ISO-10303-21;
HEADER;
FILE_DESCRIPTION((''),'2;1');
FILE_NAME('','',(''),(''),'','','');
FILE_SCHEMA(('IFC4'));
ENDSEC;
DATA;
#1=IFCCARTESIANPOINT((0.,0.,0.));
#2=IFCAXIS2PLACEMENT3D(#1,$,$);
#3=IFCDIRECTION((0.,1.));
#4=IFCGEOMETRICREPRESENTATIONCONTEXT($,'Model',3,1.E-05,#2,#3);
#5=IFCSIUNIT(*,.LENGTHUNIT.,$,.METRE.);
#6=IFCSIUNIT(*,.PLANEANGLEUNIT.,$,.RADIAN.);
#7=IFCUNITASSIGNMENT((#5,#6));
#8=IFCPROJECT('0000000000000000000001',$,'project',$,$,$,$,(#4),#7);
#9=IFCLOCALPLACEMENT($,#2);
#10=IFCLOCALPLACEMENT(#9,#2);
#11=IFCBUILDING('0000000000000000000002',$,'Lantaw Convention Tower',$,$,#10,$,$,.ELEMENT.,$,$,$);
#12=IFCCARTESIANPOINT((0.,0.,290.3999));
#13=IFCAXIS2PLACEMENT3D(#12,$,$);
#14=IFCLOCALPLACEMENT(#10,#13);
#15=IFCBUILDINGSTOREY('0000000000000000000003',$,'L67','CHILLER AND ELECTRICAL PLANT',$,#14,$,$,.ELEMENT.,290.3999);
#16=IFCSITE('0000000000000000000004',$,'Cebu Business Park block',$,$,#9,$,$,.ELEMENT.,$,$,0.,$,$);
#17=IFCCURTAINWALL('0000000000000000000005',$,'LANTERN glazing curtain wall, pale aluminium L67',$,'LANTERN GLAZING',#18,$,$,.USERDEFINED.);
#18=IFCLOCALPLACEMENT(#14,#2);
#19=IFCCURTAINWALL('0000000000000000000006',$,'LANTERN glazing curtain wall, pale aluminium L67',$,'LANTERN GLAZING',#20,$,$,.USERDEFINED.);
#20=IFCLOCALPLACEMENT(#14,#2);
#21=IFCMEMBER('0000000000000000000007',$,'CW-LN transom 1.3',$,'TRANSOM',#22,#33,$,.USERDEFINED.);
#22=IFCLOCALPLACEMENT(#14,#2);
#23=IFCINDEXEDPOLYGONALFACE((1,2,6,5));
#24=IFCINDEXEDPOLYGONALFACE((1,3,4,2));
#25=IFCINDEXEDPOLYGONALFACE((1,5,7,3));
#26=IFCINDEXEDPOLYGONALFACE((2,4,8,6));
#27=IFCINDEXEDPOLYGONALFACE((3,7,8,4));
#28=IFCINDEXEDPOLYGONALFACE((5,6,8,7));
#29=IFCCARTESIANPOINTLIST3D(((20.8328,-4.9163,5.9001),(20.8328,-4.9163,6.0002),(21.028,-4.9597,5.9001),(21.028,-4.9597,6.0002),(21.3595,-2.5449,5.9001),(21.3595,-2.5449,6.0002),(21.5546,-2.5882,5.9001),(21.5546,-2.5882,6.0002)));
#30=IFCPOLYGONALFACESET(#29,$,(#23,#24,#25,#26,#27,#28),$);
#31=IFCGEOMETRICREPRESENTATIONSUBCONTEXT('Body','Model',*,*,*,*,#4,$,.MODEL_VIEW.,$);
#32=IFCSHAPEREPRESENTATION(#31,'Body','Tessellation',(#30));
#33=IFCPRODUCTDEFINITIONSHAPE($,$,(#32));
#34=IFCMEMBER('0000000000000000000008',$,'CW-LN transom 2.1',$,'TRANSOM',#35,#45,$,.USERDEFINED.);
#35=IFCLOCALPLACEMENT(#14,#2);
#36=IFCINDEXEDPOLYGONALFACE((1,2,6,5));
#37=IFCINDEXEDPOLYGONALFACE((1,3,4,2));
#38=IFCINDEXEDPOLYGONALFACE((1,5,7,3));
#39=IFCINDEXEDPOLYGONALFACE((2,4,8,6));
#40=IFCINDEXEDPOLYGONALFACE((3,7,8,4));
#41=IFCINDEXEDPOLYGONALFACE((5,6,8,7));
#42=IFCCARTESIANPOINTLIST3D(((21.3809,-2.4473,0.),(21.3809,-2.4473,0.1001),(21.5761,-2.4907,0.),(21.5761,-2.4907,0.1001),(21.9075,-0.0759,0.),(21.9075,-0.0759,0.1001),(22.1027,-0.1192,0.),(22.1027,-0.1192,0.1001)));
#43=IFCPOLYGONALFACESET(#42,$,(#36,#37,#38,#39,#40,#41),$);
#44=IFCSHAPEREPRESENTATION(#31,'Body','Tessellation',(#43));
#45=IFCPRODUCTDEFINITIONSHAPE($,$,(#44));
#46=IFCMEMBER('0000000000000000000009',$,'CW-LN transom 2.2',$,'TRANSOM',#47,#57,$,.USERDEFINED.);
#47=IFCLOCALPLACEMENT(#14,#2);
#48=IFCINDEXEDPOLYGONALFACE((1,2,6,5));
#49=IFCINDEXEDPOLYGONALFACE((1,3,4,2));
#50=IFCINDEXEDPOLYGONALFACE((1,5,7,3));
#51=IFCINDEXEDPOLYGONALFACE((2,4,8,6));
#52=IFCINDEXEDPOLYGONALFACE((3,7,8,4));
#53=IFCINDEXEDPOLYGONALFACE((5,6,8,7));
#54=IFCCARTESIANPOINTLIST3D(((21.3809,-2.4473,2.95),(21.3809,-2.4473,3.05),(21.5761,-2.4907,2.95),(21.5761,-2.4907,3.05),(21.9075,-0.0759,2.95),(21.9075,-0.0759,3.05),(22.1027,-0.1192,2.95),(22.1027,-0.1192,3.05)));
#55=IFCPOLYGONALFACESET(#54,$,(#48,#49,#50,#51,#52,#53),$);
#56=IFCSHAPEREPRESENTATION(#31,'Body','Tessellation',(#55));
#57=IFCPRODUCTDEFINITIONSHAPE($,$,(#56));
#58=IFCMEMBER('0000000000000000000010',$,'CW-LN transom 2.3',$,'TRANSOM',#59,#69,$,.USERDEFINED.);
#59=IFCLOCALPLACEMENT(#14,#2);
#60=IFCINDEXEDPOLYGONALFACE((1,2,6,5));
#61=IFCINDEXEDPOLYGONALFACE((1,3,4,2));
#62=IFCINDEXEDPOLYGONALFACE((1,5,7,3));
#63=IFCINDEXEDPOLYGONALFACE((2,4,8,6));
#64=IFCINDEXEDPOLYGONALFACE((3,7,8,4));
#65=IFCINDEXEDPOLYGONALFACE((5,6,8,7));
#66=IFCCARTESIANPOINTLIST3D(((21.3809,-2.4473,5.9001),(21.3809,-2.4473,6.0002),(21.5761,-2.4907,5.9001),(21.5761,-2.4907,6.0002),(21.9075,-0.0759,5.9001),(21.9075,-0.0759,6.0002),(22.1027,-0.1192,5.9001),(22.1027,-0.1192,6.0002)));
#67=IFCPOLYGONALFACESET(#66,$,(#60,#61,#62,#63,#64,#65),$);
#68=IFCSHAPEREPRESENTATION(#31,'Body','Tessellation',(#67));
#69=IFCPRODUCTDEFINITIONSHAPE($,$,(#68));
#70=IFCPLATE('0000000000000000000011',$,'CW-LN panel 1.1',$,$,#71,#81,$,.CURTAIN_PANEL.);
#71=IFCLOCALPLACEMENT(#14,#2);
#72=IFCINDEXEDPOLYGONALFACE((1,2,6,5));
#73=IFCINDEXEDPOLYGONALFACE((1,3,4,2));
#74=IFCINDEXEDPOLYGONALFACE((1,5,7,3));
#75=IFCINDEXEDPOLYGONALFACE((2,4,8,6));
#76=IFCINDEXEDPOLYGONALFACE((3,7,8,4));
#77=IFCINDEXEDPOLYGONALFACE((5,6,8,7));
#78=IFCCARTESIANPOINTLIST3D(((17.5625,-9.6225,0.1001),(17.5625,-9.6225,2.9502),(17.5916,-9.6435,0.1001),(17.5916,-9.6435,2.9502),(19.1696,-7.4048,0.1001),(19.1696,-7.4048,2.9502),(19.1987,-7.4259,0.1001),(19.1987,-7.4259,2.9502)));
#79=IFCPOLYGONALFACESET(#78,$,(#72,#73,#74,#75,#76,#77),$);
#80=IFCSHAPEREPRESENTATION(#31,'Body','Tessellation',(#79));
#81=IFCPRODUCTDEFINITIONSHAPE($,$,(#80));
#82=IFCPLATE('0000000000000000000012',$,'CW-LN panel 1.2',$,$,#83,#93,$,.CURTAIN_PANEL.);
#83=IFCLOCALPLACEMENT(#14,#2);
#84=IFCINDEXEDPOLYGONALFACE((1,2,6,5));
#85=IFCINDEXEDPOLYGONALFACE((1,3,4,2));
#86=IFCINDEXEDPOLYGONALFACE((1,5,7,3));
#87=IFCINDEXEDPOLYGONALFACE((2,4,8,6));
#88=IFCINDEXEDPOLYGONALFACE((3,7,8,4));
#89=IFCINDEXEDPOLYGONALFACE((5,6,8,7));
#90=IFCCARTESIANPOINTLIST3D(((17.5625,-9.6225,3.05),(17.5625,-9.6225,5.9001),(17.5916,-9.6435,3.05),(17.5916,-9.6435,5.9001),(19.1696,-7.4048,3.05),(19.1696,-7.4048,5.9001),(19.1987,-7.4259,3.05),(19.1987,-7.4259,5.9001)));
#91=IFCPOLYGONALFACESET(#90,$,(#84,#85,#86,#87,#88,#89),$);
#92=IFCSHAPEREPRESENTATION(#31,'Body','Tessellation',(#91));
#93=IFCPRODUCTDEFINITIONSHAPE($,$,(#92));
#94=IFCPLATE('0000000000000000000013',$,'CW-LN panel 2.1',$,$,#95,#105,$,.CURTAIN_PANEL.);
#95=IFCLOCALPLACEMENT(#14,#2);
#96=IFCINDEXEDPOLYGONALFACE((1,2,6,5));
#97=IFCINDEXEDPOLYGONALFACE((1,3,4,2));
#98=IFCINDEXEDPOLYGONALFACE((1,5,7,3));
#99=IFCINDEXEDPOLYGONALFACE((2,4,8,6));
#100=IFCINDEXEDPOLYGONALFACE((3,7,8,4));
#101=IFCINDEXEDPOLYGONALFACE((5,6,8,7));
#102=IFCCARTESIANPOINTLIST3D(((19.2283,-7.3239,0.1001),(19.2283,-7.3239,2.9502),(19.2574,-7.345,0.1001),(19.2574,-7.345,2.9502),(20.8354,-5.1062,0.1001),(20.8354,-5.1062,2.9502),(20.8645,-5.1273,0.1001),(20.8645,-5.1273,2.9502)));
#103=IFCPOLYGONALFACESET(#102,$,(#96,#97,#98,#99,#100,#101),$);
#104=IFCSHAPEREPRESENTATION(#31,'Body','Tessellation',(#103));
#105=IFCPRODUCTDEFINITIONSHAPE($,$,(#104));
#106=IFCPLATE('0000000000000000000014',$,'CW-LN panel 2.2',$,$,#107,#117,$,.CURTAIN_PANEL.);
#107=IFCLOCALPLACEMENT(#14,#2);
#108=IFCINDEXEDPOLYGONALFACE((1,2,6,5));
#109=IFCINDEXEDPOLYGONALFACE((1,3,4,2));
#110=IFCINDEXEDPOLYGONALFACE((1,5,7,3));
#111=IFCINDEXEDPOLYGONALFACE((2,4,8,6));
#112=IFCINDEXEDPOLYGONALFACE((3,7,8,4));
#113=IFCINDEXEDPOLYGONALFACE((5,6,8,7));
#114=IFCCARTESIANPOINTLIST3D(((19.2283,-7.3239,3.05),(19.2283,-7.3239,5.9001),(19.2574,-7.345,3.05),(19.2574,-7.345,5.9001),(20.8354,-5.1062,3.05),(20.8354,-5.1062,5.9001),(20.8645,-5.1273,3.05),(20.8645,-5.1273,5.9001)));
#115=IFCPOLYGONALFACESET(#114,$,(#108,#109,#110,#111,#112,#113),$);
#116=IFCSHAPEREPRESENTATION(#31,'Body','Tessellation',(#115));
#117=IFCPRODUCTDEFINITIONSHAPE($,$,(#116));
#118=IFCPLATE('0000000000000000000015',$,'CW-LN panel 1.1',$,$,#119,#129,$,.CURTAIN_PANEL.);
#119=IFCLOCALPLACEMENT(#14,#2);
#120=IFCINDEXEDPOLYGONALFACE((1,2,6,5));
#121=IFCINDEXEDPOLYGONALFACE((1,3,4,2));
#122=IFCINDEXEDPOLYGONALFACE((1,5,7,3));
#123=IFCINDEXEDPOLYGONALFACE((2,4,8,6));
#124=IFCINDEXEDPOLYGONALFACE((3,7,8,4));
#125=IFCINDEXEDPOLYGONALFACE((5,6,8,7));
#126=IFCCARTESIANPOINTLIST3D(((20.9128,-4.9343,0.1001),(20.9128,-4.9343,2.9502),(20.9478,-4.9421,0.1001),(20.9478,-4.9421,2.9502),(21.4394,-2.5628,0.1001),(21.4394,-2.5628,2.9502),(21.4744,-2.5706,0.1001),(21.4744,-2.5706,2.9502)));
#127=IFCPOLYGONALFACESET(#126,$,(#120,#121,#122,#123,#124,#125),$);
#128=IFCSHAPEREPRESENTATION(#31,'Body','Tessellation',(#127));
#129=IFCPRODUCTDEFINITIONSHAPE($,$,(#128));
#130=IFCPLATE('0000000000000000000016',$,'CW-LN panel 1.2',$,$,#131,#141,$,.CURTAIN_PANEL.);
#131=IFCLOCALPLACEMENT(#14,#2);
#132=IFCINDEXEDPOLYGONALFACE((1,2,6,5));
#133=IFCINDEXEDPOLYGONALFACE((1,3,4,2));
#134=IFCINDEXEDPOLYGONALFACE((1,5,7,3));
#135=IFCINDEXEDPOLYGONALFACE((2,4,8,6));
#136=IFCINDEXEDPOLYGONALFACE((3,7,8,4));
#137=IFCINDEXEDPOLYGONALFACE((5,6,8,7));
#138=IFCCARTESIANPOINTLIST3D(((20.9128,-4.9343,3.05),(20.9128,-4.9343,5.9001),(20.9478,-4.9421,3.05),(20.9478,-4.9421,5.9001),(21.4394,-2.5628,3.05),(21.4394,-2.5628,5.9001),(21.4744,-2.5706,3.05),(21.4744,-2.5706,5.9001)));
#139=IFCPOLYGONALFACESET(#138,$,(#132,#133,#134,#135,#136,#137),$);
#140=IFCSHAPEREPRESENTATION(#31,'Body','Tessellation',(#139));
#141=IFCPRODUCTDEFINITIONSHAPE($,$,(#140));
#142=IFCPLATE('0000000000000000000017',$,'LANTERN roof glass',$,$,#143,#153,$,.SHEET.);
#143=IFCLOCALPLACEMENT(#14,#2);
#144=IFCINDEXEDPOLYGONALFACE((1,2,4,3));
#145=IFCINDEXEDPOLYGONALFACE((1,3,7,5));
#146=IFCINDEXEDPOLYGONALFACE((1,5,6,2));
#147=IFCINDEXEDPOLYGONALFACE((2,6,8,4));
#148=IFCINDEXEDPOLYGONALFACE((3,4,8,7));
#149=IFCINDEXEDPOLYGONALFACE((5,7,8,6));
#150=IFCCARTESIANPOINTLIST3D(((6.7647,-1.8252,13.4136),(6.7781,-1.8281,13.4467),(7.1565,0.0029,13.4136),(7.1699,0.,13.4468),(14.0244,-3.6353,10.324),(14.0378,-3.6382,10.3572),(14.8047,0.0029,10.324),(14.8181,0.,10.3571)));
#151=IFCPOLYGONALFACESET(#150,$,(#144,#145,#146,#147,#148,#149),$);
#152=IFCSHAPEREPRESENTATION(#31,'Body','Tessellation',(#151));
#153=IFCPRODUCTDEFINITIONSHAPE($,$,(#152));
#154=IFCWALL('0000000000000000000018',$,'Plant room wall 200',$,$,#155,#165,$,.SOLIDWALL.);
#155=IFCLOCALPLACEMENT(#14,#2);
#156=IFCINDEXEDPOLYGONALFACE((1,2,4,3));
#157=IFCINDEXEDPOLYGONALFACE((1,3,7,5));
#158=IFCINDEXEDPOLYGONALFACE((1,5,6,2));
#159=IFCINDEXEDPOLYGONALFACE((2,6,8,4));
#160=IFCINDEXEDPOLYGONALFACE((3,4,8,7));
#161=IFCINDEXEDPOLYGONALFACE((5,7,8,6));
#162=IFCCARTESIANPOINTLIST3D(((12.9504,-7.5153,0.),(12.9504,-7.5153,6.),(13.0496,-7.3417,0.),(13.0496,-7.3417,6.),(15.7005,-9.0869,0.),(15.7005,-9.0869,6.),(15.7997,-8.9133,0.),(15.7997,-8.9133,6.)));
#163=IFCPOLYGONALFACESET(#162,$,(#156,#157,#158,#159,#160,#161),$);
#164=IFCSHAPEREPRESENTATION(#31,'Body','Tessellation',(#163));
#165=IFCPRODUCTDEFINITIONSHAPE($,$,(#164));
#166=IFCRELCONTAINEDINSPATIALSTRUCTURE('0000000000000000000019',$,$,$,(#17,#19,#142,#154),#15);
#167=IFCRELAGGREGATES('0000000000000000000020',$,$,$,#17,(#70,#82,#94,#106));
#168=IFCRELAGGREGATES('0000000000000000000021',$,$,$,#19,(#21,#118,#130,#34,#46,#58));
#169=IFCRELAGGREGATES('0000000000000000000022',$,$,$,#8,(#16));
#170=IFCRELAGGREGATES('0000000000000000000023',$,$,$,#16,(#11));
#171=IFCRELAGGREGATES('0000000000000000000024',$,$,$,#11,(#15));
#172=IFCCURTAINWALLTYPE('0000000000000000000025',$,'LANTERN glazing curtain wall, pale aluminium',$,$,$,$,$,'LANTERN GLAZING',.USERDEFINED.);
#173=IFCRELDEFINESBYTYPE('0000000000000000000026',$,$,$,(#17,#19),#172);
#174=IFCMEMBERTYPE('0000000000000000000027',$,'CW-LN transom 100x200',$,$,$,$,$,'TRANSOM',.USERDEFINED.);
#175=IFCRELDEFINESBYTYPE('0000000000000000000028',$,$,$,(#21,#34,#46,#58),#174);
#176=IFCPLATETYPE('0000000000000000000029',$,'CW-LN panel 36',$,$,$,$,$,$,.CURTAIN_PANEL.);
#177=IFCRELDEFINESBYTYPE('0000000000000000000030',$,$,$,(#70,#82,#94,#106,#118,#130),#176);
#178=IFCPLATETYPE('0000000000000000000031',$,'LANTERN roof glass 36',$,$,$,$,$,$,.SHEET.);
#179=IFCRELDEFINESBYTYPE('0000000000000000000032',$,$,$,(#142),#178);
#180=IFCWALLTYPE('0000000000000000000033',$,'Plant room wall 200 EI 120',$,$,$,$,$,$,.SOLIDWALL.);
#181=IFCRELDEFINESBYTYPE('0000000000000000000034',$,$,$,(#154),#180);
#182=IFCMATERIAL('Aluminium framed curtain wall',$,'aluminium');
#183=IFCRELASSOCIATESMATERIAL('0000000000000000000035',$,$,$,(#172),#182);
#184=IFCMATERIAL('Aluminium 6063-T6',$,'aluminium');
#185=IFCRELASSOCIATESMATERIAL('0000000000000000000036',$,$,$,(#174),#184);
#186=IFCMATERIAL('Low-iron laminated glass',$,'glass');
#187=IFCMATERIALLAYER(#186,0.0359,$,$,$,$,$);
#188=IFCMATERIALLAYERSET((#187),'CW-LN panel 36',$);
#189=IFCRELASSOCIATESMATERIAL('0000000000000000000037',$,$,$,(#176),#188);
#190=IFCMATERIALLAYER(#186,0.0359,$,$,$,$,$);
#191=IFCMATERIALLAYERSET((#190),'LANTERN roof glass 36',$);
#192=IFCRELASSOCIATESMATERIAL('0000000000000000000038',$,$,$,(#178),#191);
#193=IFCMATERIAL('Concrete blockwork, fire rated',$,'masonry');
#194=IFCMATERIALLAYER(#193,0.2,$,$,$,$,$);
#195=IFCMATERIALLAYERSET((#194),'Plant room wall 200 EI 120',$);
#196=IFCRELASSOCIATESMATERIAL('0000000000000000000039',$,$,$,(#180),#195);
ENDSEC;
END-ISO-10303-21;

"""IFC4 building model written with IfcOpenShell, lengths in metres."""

from ifc_helpers import new_model, si_unit, direction, frame, frame_2d, origin, origin_2d, place, context, subcontext, project, spatial, polyline, rectangle, outline, extrude, material, layer, layer_set, material_profile, profile_set, type_object, element, aggregate, save


model = new_model("IFC4")

# Units and contexts
model_context = context("Model", 3, precision=1e-05, world=origin(), true_north=direction((0.0, 1.0)))
body_context = subcontext(model_context, "Body", "Model", "MODEL_VIEW")
ifc_project = project(units=[si_unit("LENGTHUNIT", "METRE"), si_unit("PLANEANGLEUNIT", "RADIAN")], contexts=[model_context])

# Site, building, storey
site_placement = place(None, origin())
site = spatial("IfcSite", under=ifc_project, at=site_placement, Name="Cebu Business Park block", CompositionType="ELEMENT", RefElevation=0.0)
building_placement = place(site_placement, origin())
building = spatial("IfcBuilding", under=site, at=building_placement, Name="Lantaw Convention Tower", CompositionType="ELEMENT")
storey_placement = place(building_placement, frame((0.0, 0.0, 290.3999)))
storey = spatial("IfcBuildingStorey", under=building, at=storey_placement, Name="L67", Description="CHILLER AND ELECTRICAL PLANT", CompositionType="ELEMENT", Elevation=290.3999)

# Curtain walls
ifc_material_1 = material(Name="Aluminium framed curtain wall", Category="aluminium")
curtain_wall_type = type_object("IfcCurtainWallType", Name="LANTERN glazing curtain wall, pale aluminium", ElementType="LANTERN GLAZING", PredefinedType="USERDEFINED", material=ifc_material_1)
curtain_wall_1_placement = place(storey_placement, origin())
curtain_wall_1 = element("IfcCurtainWall", 1, at=curtain_wall_1_placement, inside=storey, type_object=curtain_wall_type, Name="LANTERN glazing curtain wall, pale aluminium L67", ObjectType="LANTERN GLAZING", PredefinedType="USERDEFINED")
ifc_material_2 = material(Name="Aluminium 6063-T6", Category="aluminium")
curtain_wall_2_placement = place(storey_placement, origin())
curtain_wall_2 = element("IfcCurtainWall", 2, at=curtain_wall_2_placement, inside=storey, type_object=curtain_wall_type, Name="LANTERN glazing curtain wall, pale aluminium L67", ObjectType="LANTERN GLAZING", PredefinedType="USERDEFINED")

# Members
ifc_material_profile_1 = material_profile(ifc_material_2, rectangle(XDim=0.2, YDim=0.1001, at=origin_2d()), Name="CW-LN transom 100x200")
ifc_profile_set_1 = profile_set([ifc_material_profile_1], Name="Aluminium 6063-T6")
member_type_1 = type_object("IfcMemberType", Name="CW-LN transom 100x200", ElementType="TRANSOM", PredefinedType="USERDEFINED", material=ifc_profile_set_1)
member_1_placement = place(storey_placement, frame((20.9304, -4.938, 5.9502), z_axis=(0.216792, 0.976218, 0.0), x_axis=(-0.976218, 0.216792, 0.0)))
member_1 = element("IfcMember", 3, at=member_1_placement, type_object=member_type_1, Name="CW-LN transom 1.3", ObjectType="TRANSOM", PredefinedType="USERDEFINED", context=body_context, shape_type="SweptSolid", body=[
    extrude(rectangle(XDim=0.2, YDim=0.1001, at=origin_2d()), origin(), (0.0, 0.0, 1.0), 2.4292),
])
member_2_placement = place(storey_placement, frame((21.4785, -2.469, 0.05), z_axis=(0.216792, 0.976218, 0.0), x_axis=(-0.976218, 0.216792, 0.0)))
member_2 = element("IfcMember", 4, at=member_2_placement, type_object=member_type_1, Name="CW-LN transom 2.1", ObjectType="TRANSOM", PredefinedType="USERDEFINED", context=body_context, shape_type="SweptSolid", body=[
    extrude(rectangle(XDim=0.2, YDim=0.1001, at=origin_2d()), origin(), (0.0, 0.0, 1.0), 2.4292),
])
member_3_placement = place(storey_placement, frame((21.4785, -2.469, 3.0), z_axis=(0.216792, 0.976218, 0.0), x_axis=(-0.976218, 0.216792, 0.0)))
member_3 = element("IfcMember", 5, at=member_3_placement, type_object=member_type_1, Name="CW-LN transom 2.2", ObjectType="TRANSOM", PredefinedType="USERDEFINED", context=body_context, shape_type="SweptSolid", body=[
    extrude(rectangle(XDim=0.2, YDim=0.1001, at=origin_2d()), origin(), (0.0, 0.0, 1.0), 2.4292),
])
member_4_placement = place(storey_placement, frame((21.4785, -2.469, 5.9502), z_axis=(0.216792, 0.976218, 0.0), x_axis=(-0.976218, 0.216792, 0.0)))
member_4 = element("IfcMember", 6, at=member_4_placement, type_object=member_type_1, Name="CW-LN transom 2.3", ObjectType="TRANSOM", PredefinedType="USERDEFINED", context=body_context, shape_type="SweptSolid", body=[
    extrude(rectangle(XDim=0.2, YDim=0.1001, at=origin_2d()), origin(), (0.0, 0.0, 1.0), 2.4292),
])

# Plates
ifc_material_3 = material(Name="Low-iron laminated glass", Category="glass")
ifc_layer_1 = layer(ifc_material_3, 0.0359)
ifc_layer_set_1 = layer_set([ifc_layer_1], Name="CW-LN panel 36")
plate_type_1 = type_object("IfcPlateType", Name="CW-LN panel 36", PredefinedType="CURTAIN_PANEL", material=ifc_layer_set_1)
plate_1_placement = place(storey_placement, frame((18.3806, -8.5242, 0.1001), z_axis=(0.0, 0.0, 1.0), x_axis=(0.586786, 0.809742, 0.0)))
plate_1 = element("IfcPlate", 7, at=plate_1_placement, type_object=plate_type_1, Name="CW-LN panel 1.1", PredefinedType="CURTAIN_PANEL", context=body_context, shape_type="SweptSolid", body=[
    extrude(rectangle(XDim=2.7388, YDim=0.0359, at=origin_2d()), origin(), (0.0, 0.0, 1.0), 2.8501),
])
plate_2_placement = place(storey_placement, frame((18.3806, -8.5242, 3.05), z_axis=(0.0, 0.0, 1.0), x_axis=(0.586786, 0.809742, 0.0)))
plate_2 = element("IfcPlate", 8, at=plate_2_placement, type_object=plate_type_1, Name="CW-LN panel 1.2", PredefinedType="CURTAIN_PANEL", context=body_context, shape_type="SweptSolid", body=[
    extrude(rectangle(XDim=2.7388, YDim=0.0359, at=origin_2d()), origin(), (0.0, 0.0, 1.0), 2.8501),
])
plate_3_placement = place(storey_placement, frame((20.0464, -6.2256, 0.1001), z_axis=(0.0, 0.0, 1.0), x_axis=(0.586786, 0.809742, 0.0)))
plate_3 = element("IfcPlate", 9, at=plate_3_placement, type_object=plate_type_1, Name="CW-LN panel 2.1", PredefinedType="CURTAIN_PANEL", context=body_context, shape_type="SweptSolid", body=[
    extrude(rectangle(XDim=2.7388, YDim=0.0359, at=origin_2d()), origin(), (0.0, 0.0, 1.0), 2.8501),
])
plate_4_placement = place(storey_placement, frame((20.0464, -6.2256, 3.05), z_axis=(0.0, 0.0, 1.0), x_axis=(0.586786, 0.809742, 0.0)))
plate_4 = element("IfcPlate", 10, at=plate_4_placement, type_object=plate_type_1, Name="CW-LN panel 2.2", PredefinedType="CURTAIN_PANEL", context=body_context, shape_type="SweptSolid", body=[
    extrude(rectangle(XDim=2.7388, YDim=0.0359, at=origin_2d()), origin(), (0.0, 0.0, 1.0), 2.8501),
])
aggregate(curtain_wall_1, [plate_1, plate_2, plate_3, plate_4])
plate_5_placement = place(storey_placement, frame((21.1936, -3.7524, 0.1001), z_axis=(0.0, 0.0, 1.0), x_axis=(0.216765, 0.976224, 0.0)))
plate_5 = element("IfcPlate", 11, at=plate_5_placement, type_object=plate_type_1, Name="CW-LN panel 1.1", PredefinedType="CURTAIN_PANEL", context=body_context, shape_type="SweptSolid", body=[
    extrude(rectangle(XDim=2.4292, YDim=0.0359, at=origin_2d()), origin(), (0.0, 0.0, 1.0), 2.8501),
])
plate_6_placement = place(storey_placement, frame((21.1936, -3.7524, 3.05), z_axis=(0.0, 0.0, 1.0), x_axis=(0.216765, 0.976224, 0.0)))
plate_6 = element("IfcPlate", 12, at=plate_6_placement, type_object=plate_type_1, Name="CW-LN panel 1.2", PredefinedType="CURTAIN_PANEL", context=body_context, shape_type="SweptSolid", body=[
    extrude(rectangle(XDim=2.4292, YDim=0.0359, at=origin_2d()), origin(), (0.0, 0.0, 1.0), 2.8501),
])
aggregate(curtain_wall_2, [member_1, plate_5, plate_6, member_2, member_3, member_4])
ifc_layer_2 = layer(ifc_material_3, 0.0359)
ifc_layer_set_2 = layer_set([ifc_layer_2], Name="LANTERN roof glass 36")
plate_type_2 = type_object("IfcPlateType", Name="LANTERN roof glass 36", PredefinedType="SHEET", material=ifc_layer_set_2)
plate_7_placement = place(storey_placement, frame((14.0378, -3.6382, 10.3572), z_axis=(0.373362, -0.080058, 0.924225), x_axis=(0.209694, 0.977767, -0.000014)))
element("IfcPlate", 13, at=plate_7_placement, inside=storey, type_object=plate_type_2, Name="LANTERN roof glass", PredefinedType="SHEET", context=body_context, shape_type="SweptSolid", body=[
    extrude(outline(polyline([(0.0, 0.0), (3.7209, 0.0), (2.1171, 8.0912), (0.2474, 8.091), (0.0, 0.0)])), origin(), (0.0, 0.0, -1.0), 0.0359),
])

# Wall
ifc_material_4 = material(Name="Concrete blockwork, fire rated", Category="masonry")
ifc_layer_3 = layer(ifc_material_4, 0.2)
ifc_layer_set_3 = layer_set([ifc_layer_3], Name="Plant room wall 200 EI 120")
wall_type = type_object("IfcWallType", Name="Plant room wall 200 EI 120", PredefinedType="SOLIDWALL", material=ifc_layer_set_3)
wall_placement = place(storey_placement, frame((13.0, -7.4285, 0.0), z_axis=(0.0, 0.0, 1.0), x_axis=(0.868229, -0.496164, 0.0)))
element("IfcWall", 14, at=wall_placement, inside=storey, type_object=wall_type, Name="Plant room wall 200", PredefinedType="SOLIDWALL", context=body_context, shape_type="SweptSolid", body=[
    extrude(rectangle(XDim=3.1675, YDim=0.2, at=frame_2d((1.5837, 0.0))), origin(), (0.0, 0.0, 1.0), 6.0),
])

save(model, "model.ifc")
